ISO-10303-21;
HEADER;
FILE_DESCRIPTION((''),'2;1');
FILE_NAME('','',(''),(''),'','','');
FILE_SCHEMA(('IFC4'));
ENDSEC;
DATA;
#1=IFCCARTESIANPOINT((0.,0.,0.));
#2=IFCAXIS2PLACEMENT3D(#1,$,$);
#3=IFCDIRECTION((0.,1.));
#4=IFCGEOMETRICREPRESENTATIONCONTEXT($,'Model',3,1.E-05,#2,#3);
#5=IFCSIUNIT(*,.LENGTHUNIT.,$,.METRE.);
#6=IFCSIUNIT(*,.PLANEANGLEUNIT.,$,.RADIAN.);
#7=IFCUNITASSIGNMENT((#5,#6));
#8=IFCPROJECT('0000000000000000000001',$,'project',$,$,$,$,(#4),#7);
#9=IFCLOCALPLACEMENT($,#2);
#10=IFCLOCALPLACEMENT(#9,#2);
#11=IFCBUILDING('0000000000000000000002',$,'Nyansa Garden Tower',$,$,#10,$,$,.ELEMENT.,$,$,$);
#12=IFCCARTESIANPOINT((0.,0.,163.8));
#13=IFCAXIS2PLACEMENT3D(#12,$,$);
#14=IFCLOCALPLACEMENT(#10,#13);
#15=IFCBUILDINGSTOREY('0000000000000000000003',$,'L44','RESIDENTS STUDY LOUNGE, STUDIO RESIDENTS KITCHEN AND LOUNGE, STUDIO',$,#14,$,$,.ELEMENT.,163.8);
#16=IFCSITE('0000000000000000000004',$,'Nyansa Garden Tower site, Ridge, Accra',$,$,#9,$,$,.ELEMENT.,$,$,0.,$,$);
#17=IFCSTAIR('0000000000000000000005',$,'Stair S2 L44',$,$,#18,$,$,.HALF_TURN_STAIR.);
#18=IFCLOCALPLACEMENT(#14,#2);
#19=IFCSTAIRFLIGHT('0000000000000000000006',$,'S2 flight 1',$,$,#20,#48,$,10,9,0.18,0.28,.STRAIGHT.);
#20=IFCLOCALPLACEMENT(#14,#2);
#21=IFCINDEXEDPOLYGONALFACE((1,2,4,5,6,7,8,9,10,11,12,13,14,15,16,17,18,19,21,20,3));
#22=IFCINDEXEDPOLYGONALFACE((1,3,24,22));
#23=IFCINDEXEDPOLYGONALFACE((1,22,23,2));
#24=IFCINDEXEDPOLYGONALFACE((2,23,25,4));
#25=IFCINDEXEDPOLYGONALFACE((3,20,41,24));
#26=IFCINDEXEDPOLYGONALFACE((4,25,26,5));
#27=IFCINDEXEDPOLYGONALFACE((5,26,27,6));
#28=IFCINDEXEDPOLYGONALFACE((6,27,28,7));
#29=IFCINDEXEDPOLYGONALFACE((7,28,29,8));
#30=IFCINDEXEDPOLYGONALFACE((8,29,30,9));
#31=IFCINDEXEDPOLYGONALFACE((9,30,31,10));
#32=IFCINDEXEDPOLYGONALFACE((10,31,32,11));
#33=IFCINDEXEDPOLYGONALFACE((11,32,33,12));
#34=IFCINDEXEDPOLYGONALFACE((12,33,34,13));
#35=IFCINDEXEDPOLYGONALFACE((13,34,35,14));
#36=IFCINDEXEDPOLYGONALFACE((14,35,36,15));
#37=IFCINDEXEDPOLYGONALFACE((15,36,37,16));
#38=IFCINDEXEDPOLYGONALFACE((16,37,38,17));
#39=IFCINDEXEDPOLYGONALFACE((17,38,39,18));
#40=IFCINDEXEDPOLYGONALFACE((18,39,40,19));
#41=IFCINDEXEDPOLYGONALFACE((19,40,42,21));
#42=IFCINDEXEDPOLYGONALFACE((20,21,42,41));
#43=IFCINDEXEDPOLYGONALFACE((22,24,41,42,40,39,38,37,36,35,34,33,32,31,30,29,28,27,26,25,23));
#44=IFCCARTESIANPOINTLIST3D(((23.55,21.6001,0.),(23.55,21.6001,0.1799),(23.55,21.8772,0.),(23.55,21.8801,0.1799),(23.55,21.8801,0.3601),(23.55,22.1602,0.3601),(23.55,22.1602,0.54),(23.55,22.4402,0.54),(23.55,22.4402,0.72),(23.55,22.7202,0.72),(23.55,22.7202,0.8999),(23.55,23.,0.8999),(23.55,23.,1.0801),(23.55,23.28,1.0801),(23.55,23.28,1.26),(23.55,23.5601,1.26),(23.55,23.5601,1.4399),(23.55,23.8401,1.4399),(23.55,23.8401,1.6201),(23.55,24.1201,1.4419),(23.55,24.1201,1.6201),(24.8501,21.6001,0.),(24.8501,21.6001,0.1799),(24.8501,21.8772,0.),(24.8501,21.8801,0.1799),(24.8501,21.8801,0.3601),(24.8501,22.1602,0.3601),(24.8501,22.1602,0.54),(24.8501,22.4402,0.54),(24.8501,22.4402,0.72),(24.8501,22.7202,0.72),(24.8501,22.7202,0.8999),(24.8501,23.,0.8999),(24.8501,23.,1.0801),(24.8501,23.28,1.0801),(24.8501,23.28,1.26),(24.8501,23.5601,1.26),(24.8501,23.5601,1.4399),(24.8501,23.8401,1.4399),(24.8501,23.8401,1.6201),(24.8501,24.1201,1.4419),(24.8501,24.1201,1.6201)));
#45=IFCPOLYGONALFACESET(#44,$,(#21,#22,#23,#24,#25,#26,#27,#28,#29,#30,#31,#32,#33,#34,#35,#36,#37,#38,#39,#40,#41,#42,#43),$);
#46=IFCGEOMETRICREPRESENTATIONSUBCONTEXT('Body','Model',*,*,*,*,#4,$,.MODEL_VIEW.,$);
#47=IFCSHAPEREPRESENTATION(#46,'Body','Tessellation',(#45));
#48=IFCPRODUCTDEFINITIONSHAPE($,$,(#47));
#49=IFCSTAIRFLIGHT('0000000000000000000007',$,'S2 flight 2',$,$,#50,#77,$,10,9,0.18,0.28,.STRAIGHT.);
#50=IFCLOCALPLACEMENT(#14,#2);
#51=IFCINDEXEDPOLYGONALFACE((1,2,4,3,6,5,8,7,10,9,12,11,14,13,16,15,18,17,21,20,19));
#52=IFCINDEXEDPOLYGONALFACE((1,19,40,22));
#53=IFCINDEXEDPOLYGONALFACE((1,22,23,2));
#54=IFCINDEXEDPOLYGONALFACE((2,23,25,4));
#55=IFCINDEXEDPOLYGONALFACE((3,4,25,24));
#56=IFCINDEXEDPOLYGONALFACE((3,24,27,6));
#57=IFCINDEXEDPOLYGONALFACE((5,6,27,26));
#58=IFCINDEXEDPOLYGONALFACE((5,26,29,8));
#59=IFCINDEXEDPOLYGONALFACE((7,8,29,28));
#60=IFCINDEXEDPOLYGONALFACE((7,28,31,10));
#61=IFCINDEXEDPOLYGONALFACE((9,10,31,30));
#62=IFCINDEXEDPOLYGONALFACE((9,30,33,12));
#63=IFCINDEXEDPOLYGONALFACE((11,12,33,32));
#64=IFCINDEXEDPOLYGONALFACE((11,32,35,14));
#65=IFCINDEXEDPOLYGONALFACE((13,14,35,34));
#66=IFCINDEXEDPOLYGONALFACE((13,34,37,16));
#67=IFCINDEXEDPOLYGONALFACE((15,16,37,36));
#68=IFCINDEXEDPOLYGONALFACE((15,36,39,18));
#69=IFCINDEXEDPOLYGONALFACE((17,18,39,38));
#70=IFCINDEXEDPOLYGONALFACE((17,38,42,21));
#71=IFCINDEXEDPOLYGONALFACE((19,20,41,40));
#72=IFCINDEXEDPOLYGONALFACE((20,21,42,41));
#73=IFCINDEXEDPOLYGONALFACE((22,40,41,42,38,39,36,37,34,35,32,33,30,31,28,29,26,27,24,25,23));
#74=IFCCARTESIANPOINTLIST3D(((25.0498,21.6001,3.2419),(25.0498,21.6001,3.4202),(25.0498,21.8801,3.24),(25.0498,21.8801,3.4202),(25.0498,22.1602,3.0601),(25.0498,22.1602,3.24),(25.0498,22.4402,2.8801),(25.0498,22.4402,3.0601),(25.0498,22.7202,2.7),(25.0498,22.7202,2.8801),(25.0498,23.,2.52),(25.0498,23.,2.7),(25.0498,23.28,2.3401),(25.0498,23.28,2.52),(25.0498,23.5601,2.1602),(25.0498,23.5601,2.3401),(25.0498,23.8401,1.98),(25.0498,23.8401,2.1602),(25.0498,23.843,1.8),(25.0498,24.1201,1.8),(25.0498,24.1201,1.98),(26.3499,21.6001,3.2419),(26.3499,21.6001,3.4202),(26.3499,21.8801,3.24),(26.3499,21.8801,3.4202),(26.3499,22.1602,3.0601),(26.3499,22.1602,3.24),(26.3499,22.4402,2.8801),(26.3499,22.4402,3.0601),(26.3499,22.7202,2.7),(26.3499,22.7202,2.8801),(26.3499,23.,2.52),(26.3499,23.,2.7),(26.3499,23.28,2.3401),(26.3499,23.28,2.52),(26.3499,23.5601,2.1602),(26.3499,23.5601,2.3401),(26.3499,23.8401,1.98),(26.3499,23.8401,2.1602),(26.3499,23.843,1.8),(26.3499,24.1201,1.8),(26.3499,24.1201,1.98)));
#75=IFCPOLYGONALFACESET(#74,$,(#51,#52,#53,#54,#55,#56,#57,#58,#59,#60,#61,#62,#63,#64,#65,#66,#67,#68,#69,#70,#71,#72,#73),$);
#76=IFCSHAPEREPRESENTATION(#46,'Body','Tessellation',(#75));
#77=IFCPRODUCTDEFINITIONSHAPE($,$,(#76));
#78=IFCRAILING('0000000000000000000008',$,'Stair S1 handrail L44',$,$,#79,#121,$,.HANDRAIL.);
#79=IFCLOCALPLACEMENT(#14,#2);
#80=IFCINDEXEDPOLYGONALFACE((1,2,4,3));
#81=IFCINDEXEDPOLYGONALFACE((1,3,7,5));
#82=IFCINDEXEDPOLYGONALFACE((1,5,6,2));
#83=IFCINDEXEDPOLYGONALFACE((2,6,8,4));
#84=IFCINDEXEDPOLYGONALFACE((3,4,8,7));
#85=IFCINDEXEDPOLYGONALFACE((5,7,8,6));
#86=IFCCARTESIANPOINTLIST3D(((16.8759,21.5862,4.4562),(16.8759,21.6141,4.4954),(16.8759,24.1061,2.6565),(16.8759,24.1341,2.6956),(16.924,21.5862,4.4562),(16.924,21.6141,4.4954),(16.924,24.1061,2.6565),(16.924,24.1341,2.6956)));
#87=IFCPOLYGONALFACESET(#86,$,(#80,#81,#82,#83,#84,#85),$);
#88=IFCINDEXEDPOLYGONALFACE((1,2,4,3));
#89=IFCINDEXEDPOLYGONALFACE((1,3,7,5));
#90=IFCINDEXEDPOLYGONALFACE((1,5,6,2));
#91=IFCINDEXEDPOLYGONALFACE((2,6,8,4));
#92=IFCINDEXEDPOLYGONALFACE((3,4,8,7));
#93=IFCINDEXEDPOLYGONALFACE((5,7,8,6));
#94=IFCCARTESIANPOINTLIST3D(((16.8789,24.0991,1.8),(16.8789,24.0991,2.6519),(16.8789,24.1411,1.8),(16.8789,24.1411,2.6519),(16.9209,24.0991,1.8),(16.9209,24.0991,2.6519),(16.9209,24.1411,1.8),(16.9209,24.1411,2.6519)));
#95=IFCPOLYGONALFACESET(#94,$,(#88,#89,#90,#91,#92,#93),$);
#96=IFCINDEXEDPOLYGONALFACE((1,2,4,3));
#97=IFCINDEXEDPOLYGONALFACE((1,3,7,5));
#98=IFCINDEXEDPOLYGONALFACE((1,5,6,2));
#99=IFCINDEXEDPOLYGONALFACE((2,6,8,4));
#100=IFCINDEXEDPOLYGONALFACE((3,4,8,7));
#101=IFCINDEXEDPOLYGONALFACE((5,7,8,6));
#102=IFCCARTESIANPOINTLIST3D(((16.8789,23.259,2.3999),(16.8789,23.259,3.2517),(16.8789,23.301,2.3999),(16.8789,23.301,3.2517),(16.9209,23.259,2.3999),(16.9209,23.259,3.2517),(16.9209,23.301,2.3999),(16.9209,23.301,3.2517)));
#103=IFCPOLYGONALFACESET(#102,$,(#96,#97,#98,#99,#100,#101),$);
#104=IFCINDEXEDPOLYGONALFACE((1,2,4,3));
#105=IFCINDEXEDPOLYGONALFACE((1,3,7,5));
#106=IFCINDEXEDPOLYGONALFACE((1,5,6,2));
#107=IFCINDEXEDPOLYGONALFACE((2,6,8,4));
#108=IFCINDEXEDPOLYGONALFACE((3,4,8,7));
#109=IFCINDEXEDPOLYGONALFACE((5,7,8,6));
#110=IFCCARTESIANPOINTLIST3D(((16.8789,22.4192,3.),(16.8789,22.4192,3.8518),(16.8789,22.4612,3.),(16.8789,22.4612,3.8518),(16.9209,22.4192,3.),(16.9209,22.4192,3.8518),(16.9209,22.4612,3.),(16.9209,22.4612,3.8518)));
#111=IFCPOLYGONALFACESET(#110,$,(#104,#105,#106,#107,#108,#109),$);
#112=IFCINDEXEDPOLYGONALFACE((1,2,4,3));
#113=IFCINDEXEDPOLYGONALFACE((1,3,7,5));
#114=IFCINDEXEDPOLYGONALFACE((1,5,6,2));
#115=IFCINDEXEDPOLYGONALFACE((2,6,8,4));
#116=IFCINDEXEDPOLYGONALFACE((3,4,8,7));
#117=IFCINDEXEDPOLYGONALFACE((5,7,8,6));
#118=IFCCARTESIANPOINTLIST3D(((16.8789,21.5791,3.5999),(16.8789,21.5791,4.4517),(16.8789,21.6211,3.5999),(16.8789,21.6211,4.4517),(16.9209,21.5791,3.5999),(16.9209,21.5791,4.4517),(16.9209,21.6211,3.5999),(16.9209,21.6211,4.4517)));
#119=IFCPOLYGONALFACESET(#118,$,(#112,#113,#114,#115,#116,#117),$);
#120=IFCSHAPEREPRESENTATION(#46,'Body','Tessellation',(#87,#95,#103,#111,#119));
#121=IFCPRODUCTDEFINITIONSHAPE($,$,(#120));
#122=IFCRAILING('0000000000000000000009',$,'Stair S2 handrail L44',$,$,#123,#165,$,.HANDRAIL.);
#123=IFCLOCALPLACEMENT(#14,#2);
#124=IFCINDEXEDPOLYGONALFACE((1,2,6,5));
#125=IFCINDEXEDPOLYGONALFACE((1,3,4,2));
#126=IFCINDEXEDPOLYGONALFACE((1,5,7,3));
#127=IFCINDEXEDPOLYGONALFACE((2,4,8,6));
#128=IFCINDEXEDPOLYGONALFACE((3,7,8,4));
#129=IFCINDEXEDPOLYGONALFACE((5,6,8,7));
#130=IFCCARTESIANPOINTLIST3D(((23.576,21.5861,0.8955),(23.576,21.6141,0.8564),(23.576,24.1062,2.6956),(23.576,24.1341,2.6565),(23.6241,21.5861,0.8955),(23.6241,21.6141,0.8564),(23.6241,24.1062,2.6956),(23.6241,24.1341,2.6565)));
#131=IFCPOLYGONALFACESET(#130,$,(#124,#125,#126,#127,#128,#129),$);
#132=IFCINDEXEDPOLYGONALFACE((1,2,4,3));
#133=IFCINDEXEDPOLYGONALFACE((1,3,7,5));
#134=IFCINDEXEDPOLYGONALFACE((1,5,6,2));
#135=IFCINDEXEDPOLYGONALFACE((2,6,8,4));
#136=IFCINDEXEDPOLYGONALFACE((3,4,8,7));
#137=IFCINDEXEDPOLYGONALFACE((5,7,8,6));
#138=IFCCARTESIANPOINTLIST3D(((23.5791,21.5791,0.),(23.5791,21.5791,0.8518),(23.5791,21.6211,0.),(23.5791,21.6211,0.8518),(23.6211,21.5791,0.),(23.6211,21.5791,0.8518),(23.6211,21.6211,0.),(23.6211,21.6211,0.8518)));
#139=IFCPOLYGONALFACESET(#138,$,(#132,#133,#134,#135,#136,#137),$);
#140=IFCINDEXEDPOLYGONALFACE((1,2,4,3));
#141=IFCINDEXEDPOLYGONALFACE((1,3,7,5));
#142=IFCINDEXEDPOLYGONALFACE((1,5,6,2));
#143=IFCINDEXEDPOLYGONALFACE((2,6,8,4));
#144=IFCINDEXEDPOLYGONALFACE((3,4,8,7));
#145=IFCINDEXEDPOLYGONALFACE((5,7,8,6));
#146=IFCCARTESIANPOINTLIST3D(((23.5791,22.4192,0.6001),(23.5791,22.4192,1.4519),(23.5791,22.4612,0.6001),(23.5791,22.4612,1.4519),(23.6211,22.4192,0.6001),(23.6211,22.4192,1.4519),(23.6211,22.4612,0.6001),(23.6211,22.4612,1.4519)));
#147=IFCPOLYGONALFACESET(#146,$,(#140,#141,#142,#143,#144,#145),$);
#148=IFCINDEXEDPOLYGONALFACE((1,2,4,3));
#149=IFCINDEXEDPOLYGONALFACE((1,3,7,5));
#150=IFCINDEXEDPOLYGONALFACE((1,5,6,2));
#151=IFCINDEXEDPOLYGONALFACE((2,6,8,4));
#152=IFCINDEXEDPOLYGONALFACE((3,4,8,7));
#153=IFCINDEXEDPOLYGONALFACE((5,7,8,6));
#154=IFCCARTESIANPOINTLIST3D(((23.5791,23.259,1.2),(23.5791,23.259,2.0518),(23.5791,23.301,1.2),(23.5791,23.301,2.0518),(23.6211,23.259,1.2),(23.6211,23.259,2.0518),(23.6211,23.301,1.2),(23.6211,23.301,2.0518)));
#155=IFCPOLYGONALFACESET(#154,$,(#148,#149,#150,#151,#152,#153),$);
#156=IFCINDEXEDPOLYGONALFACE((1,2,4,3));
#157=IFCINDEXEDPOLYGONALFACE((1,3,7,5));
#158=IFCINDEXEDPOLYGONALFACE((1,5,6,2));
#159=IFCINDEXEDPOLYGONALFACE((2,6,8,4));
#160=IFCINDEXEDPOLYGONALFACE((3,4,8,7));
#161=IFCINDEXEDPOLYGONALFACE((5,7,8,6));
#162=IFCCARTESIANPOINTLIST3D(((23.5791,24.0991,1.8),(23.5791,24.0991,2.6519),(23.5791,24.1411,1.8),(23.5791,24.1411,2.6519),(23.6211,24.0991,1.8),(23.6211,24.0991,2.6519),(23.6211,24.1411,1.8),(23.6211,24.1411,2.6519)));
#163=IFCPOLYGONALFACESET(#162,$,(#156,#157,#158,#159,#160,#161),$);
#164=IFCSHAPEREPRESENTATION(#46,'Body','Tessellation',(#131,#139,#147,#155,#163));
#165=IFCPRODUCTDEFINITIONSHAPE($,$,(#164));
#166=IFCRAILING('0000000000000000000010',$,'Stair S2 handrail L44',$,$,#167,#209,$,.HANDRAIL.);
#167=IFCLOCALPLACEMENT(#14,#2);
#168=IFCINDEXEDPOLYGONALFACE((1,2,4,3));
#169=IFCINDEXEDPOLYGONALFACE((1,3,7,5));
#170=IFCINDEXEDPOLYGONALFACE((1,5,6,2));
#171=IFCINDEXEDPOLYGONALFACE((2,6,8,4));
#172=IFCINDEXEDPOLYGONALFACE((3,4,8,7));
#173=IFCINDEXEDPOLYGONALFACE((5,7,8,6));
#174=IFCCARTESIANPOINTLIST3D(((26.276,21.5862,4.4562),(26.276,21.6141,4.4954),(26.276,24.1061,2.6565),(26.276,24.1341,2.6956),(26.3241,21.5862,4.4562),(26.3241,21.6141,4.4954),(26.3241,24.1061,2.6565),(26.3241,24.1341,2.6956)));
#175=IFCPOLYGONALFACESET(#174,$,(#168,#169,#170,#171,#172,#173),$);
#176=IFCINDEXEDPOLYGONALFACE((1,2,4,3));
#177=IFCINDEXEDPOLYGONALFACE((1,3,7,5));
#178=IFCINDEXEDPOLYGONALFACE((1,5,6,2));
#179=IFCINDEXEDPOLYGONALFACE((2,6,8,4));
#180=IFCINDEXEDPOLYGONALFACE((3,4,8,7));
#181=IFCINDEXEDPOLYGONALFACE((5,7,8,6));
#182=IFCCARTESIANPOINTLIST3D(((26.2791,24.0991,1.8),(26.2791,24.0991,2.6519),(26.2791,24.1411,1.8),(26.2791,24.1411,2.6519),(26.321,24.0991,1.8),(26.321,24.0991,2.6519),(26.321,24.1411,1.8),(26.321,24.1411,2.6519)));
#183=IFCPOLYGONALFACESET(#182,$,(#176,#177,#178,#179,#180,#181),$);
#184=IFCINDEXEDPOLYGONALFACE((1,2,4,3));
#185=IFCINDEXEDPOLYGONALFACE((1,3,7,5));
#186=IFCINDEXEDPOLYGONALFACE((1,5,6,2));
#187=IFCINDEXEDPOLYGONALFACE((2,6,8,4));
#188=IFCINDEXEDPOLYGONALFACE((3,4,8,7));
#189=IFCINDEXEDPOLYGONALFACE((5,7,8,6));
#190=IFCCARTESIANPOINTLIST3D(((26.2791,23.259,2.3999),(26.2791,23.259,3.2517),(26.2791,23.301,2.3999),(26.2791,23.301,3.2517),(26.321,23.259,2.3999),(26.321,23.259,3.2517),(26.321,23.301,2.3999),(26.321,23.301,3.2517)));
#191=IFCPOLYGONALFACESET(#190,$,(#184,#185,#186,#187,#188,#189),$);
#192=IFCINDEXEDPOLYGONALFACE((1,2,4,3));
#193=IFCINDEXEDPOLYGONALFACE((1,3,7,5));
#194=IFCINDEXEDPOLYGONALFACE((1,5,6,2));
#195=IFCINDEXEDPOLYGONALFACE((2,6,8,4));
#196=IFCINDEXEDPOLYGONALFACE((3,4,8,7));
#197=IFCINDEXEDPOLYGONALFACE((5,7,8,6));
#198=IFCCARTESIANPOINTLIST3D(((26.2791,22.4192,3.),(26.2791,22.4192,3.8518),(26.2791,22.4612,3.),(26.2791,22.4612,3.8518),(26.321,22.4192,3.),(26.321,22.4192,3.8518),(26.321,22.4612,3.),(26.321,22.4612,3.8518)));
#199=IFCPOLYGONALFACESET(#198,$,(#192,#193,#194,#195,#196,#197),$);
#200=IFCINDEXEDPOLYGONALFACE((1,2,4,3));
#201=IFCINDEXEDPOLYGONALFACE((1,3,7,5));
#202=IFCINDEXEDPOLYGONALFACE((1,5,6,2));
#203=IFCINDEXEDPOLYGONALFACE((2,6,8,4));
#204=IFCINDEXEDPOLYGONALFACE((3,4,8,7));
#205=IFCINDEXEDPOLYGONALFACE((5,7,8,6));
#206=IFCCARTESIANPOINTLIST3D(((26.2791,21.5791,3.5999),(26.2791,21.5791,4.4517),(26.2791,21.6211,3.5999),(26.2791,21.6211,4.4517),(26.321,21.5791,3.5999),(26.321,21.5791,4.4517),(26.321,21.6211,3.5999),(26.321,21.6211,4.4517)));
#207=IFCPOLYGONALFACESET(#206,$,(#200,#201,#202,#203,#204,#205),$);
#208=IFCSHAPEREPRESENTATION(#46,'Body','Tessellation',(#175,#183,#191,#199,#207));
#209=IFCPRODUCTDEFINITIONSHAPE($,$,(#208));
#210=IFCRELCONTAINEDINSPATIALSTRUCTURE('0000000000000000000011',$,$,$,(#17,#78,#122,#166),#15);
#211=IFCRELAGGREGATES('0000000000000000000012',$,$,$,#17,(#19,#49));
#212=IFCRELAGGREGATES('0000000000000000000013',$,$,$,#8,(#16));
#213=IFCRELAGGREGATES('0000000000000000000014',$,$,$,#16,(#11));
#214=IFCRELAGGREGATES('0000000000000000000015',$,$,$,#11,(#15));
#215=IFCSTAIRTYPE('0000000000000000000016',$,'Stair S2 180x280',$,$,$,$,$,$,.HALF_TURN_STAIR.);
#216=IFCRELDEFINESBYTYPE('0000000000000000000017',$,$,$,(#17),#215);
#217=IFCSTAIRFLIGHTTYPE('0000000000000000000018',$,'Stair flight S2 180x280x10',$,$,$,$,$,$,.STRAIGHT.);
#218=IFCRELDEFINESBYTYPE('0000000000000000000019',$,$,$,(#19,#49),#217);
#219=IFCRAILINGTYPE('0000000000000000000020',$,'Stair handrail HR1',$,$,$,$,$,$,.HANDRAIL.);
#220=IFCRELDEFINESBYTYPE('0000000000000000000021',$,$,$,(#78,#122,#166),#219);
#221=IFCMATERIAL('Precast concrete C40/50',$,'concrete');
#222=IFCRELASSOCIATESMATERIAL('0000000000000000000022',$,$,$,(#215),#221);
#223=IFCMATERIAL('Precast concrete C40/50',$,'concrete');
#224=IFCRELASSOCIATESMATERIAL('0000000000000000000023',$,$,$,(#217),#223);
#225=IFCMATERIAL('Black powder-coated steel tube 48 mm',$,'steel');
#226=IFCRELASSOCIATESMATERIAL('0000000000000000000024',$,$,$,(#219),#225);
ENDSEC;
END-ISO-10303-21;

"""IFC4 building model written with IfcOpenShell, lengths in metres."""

from ifc_helpers import new_model, si_unit, direction, frame, origin, origin_2d, place, context, subcontext, project, spatial, polyline, rectangle, outline, extrude, material, type_object, element, aggregate, save


model = new_model("IFC4")

# Units and contexts
model_context = context("Model", 3, precision=1e-05, world=origin(), true_north=direction((0.0, 1.0)))
body_context = subcontext(model_context, "Body", "Model", "MODEL_VIEW")
ifc_project = project(units=[si_unit("LENGTHUNIT", "METRE"), si_unit("PLANEANGLEUNIT", "RADIAN")], contexts=[model_context])

# Site, building, storey
site_placement = place(None, origin())
site = spatial("IfcSite", under=ifc_project, at=site_placement, Name="Nyansa Garden Tower site, Ridge, Accra", CompositionType="ELEMENT", RefElevation=0.0)
building_placement = place(site_placement, origin())
building = spatial("IfcBuilding", under=site, at=building_placement, Name="Nyansa Garden Tower", CompositionType="ELEMENT")
storey_placement = place(building_placement, frame((0.0, 0.0, 163.8)))
storey = spatial("IfcBuildingStorey", under=building, at=storey_placement, Name="L44", Description="RESIDENTS STUDY LOUNGE, STUDIO RESIDENTS KITCHEN AND LOUNGE, STUDIO", CompositionType="ELEMENT", Elevation=163.8)

# Stair, stair flights
ifc_material_1 = material(Name="Precast concrete C40/50", Category="concrete")
stair_type = type_object("IfcStairType", Name="Stair S2 180x280", PredefinedType="HALF_TURN_STAIR", material=ifc_material_1)
stair_placement = place(storey_placement, origin())
stair = element("IfcStair", 1, at=stair_placement, inside=storey, type_object=stair_type, Name="Stair S2 L44", PredefinedType="HALF_TURN_STAIR")
ifc_material_2 = material(Name="Precast concrete C40/50", Category="concrete")
stair_flight_type = type_object("IfcStairFlightType", Name="Stair flight S2 180x280x10", PredefinedType="STRAIGHT", material=ifc_material_2)
stair_flight_1_placement = place(storey_placement, frame((24.2, 21.6001, 0.0), z_axis=(0.0, 0.0, 1.0), x_axis=(0.0, 1.0, 0.0)))
stair_flight_1 = element("IfcStairFlight", 2, at=stair_flight_1_placement, type_object=stair_flight_type, Name="S2 flight 1", NumberOfRisers=10, NumberOfTreads=9, PredefinedType="STRAIGHT", RiserHeight=0.18, TreadLength=0.28, context=body_context, shape_type="SweptSolid", body=[
    extrude(outline(polyline([(0.0, 0.0), (0.0, 0.1799), (0.28, 0.1799), (0.28, 0.3601), (0.5601, 0.3601), (0.5601, 0.54), (0.8401, 0.54), (0.8401, 0.72), (1.1201, 0.72), (1.1201, 0.8999), (1.3999, 0.8999), (1.3999, 1.0801), (1.6799, 1.0801), (1.6799, 1.26), (1.96, 1.26), (1.96, 1.4399), (2.24, 1.4399), (2.24, 1.6201), (2.52, 1.6201), (2.52, 1.8), (2.52, 1.4419), (0.2771, 0.0), (0.0, 0.0)])), frame((0.0, 0.6499, 0.0), z_axis=(0.0, -1.0, 0.0), x_axis=(1.0, 0.0, 0.0)), (0.0, 0.0, 1.0), 1.3),
])
stair_flight_2_placement = place(storey_placement, frame((25.7, 24.1201, 1.8), z_axis=(0.0, 0.0, 1.0), x_axis=(0.0, -1.0, 0.0)))
stair_flight_2 = element("IfcStairFlight", 3, at=stair_flight_2_placement, type_object=stair_flight_type, Name="S2 flight 2", NumberOfRisers=10, NumberOfTreads=9, PredefinedType="STRAIGHT", RiserHeight=0.18, TreadLength=0.28, context=body_context, shape_type="SweptSolid", body=[
    extrude(outline(polyline([(0.0, 0.0), (0.0, 0.1799), (0.28, 0.1799), (0.28, 0.3601), (0.5601, 0.3601), (0.5601, 0.54), (0.8401, 0.54), (0.8401, 0.72), (1.1201, 0.72), (1.1201, 0.8999), (1.3999, 0.8999), (1.3999, 1.0801), (1.6799, 1.0801), (1.6799, 1.26), (1.96, 1.26), (1.96, 1.4399), (2.24, 1.4399), (2.24, 1.6201), (2.52, 1.6201), (2.52, 1.8), (2.52, 1.4419), (0.2771, 0.0), (0.0, 0.0)])), frame((0.0, 0.6499, 0.0), z_axis=(0.0, -1.0, 0.0), x_axis=(1.0, 0.0, 0.0)), (0.0, 0.0, 1.0), 1.3),
])
aggregate(stair, [stair_flight_1, stair_flight_2])

# Railings
ifc_material_3 = material(Name="Black powder-coated steel tube 48 mm", Category="steel")
railing_type = type_object("IfcRailingType", Name="Stair handrail HR1", PredefinedType="HANDRAIL", material=ifc_material_3)
railing_1_placement = place(storey_placement, frame((16.8999, 24.1201, 1.8)))
element("IfcRailing", 4, at=railing_1_placement, inside=storey, type_object=railing_type, Name="Stair S1 handrail L44", PredefinedType="HANDRAIL", context=body_context, shape_type="SweptSolid", body=[
    extrude(rectangle(XDim=0.0481, YDim=0.0481, at=origin_2d()), frame((0.0, 0.0, 0.876), z_axis=(0.0, -0.813765, 0.581193), x_axis=(1.0, 0.0, 0.0)), (0.0, 0.0, 1.0), 3.0967),
    extrude(rectangle(XDim=0.042, YDim=0.042, at=origin_2d()), origin(), (0.0, 0.0, 1.0), 0.8518),
    extrude(rectangle(XDim=0.042, YDim=0.042, at=origin_2d()), frame((0.0, -0.8401, 0.5999)), (0.0, 0.0, 1.0), 0.8518),
    extrude(rectangle(XDim=0.042, YDim=0.042, at=origin_2d()), frame((0.0, -1.6799, 1.2)), (0.0, 0.0, 1.0), 0.8518),
    extrude(rectangle(XDim=0.042, YDim=0.042, at=origin_2d()), frame((0.0, -2.52, 1.7998)), (0.0, 0.0, 1.0), 0.8518),
])
railing_2_placement = place(storey_placement, frame((23.6001, 21.6001, 0.0)))
element("IfcRailing", 5, at=railing_2_placement, inside=storey, type_object=railing_type, Name="Stair S2 handrail L44", PredefinedType="HANDRAIL", context=body_context, shape_type="SweptSolid", body=[
    extrude(rectangle(XDim=0.0481, YDim=0.0481, at=origin_2d()), frame((0.0, 0.0, 0.876), z_axis=(0.0, 0.813728, 0.581246), x_axis=(-1.0, 0.0, 0.0)), (0.0, 0.0, 1.0), 3.0969),
    extrude(rectangle(XDim=0.042, YDim=0.042, at=origin_2d()), origin(), (0.0, 0.0, 1.0), 0.8518),
    extrude(rectangle(XDim=0.042, YDim=0.042, at=origin_2d()), frame((0.0, 0.8401, 0.6001)), (0.0, 0.0, 1.0), 0.8518),
    extrude(rectangle(XDim=0.042, YDim=0.042, at=origin_2d()), frame((0.0, 1.6799, 1.2)), (0.0, 0.0, 1.0), 0.8518),
    extrude(rectangle(XDim=0.042, YDim=0.042, at=origin_2d()), frame((0.0, 2.52, 1.8)), (0.0, 0.0, 1.0), 0.8518),
])
railing_3_placement = place(storey_placement, frame((26.3, 24.1201, 1.8)))
element("IfcRailing", 6, at=railing_3_placement, inside=storey, type_object=railing_type, Name="Stair S2 handrail L44", PredefinedType="HANDRAIL", context=body_context, shape_type="SweptSolid", body=[
    extrude(rectangle(XDim=0.0481, YDim=0.0481, at=origin_2d()), frame((0.0, 0.0, 0.876), z_axis=(0.0, -0.813765, 0.581193), x_axis=(1.0, 0.0, 0.0)), (0.0, 0.0, 1.0), 3.0967),
    extrude(rectangle(XDim=0.042, YDim=0.042, at=origin_2d()), origin(), (0.0, 0.0, 1.0), 0.8518),
    extrude(rectangle(XDim=0.042, YDim=0.042, at=origin_2d()), frame((0.0, -0.8401, 0.5999)), (0.0, 0.0, 1.0), 0.8518),
    extrude(rectangle(XDim=0.042, YDim=0.042, at=origin_2d()), frame((0.0, -1.6799, 1.2)), (0.0, 0.0, 1.0), 0.8518),
    extrude(rectangle(XDim=0.042, YDim=0.042, at=origin_2d()), frame((0.0, -2.52, 1.7998)), (0.0, 0.0, 1.0), 0.8518),
])

save(model, "model.ifc")
